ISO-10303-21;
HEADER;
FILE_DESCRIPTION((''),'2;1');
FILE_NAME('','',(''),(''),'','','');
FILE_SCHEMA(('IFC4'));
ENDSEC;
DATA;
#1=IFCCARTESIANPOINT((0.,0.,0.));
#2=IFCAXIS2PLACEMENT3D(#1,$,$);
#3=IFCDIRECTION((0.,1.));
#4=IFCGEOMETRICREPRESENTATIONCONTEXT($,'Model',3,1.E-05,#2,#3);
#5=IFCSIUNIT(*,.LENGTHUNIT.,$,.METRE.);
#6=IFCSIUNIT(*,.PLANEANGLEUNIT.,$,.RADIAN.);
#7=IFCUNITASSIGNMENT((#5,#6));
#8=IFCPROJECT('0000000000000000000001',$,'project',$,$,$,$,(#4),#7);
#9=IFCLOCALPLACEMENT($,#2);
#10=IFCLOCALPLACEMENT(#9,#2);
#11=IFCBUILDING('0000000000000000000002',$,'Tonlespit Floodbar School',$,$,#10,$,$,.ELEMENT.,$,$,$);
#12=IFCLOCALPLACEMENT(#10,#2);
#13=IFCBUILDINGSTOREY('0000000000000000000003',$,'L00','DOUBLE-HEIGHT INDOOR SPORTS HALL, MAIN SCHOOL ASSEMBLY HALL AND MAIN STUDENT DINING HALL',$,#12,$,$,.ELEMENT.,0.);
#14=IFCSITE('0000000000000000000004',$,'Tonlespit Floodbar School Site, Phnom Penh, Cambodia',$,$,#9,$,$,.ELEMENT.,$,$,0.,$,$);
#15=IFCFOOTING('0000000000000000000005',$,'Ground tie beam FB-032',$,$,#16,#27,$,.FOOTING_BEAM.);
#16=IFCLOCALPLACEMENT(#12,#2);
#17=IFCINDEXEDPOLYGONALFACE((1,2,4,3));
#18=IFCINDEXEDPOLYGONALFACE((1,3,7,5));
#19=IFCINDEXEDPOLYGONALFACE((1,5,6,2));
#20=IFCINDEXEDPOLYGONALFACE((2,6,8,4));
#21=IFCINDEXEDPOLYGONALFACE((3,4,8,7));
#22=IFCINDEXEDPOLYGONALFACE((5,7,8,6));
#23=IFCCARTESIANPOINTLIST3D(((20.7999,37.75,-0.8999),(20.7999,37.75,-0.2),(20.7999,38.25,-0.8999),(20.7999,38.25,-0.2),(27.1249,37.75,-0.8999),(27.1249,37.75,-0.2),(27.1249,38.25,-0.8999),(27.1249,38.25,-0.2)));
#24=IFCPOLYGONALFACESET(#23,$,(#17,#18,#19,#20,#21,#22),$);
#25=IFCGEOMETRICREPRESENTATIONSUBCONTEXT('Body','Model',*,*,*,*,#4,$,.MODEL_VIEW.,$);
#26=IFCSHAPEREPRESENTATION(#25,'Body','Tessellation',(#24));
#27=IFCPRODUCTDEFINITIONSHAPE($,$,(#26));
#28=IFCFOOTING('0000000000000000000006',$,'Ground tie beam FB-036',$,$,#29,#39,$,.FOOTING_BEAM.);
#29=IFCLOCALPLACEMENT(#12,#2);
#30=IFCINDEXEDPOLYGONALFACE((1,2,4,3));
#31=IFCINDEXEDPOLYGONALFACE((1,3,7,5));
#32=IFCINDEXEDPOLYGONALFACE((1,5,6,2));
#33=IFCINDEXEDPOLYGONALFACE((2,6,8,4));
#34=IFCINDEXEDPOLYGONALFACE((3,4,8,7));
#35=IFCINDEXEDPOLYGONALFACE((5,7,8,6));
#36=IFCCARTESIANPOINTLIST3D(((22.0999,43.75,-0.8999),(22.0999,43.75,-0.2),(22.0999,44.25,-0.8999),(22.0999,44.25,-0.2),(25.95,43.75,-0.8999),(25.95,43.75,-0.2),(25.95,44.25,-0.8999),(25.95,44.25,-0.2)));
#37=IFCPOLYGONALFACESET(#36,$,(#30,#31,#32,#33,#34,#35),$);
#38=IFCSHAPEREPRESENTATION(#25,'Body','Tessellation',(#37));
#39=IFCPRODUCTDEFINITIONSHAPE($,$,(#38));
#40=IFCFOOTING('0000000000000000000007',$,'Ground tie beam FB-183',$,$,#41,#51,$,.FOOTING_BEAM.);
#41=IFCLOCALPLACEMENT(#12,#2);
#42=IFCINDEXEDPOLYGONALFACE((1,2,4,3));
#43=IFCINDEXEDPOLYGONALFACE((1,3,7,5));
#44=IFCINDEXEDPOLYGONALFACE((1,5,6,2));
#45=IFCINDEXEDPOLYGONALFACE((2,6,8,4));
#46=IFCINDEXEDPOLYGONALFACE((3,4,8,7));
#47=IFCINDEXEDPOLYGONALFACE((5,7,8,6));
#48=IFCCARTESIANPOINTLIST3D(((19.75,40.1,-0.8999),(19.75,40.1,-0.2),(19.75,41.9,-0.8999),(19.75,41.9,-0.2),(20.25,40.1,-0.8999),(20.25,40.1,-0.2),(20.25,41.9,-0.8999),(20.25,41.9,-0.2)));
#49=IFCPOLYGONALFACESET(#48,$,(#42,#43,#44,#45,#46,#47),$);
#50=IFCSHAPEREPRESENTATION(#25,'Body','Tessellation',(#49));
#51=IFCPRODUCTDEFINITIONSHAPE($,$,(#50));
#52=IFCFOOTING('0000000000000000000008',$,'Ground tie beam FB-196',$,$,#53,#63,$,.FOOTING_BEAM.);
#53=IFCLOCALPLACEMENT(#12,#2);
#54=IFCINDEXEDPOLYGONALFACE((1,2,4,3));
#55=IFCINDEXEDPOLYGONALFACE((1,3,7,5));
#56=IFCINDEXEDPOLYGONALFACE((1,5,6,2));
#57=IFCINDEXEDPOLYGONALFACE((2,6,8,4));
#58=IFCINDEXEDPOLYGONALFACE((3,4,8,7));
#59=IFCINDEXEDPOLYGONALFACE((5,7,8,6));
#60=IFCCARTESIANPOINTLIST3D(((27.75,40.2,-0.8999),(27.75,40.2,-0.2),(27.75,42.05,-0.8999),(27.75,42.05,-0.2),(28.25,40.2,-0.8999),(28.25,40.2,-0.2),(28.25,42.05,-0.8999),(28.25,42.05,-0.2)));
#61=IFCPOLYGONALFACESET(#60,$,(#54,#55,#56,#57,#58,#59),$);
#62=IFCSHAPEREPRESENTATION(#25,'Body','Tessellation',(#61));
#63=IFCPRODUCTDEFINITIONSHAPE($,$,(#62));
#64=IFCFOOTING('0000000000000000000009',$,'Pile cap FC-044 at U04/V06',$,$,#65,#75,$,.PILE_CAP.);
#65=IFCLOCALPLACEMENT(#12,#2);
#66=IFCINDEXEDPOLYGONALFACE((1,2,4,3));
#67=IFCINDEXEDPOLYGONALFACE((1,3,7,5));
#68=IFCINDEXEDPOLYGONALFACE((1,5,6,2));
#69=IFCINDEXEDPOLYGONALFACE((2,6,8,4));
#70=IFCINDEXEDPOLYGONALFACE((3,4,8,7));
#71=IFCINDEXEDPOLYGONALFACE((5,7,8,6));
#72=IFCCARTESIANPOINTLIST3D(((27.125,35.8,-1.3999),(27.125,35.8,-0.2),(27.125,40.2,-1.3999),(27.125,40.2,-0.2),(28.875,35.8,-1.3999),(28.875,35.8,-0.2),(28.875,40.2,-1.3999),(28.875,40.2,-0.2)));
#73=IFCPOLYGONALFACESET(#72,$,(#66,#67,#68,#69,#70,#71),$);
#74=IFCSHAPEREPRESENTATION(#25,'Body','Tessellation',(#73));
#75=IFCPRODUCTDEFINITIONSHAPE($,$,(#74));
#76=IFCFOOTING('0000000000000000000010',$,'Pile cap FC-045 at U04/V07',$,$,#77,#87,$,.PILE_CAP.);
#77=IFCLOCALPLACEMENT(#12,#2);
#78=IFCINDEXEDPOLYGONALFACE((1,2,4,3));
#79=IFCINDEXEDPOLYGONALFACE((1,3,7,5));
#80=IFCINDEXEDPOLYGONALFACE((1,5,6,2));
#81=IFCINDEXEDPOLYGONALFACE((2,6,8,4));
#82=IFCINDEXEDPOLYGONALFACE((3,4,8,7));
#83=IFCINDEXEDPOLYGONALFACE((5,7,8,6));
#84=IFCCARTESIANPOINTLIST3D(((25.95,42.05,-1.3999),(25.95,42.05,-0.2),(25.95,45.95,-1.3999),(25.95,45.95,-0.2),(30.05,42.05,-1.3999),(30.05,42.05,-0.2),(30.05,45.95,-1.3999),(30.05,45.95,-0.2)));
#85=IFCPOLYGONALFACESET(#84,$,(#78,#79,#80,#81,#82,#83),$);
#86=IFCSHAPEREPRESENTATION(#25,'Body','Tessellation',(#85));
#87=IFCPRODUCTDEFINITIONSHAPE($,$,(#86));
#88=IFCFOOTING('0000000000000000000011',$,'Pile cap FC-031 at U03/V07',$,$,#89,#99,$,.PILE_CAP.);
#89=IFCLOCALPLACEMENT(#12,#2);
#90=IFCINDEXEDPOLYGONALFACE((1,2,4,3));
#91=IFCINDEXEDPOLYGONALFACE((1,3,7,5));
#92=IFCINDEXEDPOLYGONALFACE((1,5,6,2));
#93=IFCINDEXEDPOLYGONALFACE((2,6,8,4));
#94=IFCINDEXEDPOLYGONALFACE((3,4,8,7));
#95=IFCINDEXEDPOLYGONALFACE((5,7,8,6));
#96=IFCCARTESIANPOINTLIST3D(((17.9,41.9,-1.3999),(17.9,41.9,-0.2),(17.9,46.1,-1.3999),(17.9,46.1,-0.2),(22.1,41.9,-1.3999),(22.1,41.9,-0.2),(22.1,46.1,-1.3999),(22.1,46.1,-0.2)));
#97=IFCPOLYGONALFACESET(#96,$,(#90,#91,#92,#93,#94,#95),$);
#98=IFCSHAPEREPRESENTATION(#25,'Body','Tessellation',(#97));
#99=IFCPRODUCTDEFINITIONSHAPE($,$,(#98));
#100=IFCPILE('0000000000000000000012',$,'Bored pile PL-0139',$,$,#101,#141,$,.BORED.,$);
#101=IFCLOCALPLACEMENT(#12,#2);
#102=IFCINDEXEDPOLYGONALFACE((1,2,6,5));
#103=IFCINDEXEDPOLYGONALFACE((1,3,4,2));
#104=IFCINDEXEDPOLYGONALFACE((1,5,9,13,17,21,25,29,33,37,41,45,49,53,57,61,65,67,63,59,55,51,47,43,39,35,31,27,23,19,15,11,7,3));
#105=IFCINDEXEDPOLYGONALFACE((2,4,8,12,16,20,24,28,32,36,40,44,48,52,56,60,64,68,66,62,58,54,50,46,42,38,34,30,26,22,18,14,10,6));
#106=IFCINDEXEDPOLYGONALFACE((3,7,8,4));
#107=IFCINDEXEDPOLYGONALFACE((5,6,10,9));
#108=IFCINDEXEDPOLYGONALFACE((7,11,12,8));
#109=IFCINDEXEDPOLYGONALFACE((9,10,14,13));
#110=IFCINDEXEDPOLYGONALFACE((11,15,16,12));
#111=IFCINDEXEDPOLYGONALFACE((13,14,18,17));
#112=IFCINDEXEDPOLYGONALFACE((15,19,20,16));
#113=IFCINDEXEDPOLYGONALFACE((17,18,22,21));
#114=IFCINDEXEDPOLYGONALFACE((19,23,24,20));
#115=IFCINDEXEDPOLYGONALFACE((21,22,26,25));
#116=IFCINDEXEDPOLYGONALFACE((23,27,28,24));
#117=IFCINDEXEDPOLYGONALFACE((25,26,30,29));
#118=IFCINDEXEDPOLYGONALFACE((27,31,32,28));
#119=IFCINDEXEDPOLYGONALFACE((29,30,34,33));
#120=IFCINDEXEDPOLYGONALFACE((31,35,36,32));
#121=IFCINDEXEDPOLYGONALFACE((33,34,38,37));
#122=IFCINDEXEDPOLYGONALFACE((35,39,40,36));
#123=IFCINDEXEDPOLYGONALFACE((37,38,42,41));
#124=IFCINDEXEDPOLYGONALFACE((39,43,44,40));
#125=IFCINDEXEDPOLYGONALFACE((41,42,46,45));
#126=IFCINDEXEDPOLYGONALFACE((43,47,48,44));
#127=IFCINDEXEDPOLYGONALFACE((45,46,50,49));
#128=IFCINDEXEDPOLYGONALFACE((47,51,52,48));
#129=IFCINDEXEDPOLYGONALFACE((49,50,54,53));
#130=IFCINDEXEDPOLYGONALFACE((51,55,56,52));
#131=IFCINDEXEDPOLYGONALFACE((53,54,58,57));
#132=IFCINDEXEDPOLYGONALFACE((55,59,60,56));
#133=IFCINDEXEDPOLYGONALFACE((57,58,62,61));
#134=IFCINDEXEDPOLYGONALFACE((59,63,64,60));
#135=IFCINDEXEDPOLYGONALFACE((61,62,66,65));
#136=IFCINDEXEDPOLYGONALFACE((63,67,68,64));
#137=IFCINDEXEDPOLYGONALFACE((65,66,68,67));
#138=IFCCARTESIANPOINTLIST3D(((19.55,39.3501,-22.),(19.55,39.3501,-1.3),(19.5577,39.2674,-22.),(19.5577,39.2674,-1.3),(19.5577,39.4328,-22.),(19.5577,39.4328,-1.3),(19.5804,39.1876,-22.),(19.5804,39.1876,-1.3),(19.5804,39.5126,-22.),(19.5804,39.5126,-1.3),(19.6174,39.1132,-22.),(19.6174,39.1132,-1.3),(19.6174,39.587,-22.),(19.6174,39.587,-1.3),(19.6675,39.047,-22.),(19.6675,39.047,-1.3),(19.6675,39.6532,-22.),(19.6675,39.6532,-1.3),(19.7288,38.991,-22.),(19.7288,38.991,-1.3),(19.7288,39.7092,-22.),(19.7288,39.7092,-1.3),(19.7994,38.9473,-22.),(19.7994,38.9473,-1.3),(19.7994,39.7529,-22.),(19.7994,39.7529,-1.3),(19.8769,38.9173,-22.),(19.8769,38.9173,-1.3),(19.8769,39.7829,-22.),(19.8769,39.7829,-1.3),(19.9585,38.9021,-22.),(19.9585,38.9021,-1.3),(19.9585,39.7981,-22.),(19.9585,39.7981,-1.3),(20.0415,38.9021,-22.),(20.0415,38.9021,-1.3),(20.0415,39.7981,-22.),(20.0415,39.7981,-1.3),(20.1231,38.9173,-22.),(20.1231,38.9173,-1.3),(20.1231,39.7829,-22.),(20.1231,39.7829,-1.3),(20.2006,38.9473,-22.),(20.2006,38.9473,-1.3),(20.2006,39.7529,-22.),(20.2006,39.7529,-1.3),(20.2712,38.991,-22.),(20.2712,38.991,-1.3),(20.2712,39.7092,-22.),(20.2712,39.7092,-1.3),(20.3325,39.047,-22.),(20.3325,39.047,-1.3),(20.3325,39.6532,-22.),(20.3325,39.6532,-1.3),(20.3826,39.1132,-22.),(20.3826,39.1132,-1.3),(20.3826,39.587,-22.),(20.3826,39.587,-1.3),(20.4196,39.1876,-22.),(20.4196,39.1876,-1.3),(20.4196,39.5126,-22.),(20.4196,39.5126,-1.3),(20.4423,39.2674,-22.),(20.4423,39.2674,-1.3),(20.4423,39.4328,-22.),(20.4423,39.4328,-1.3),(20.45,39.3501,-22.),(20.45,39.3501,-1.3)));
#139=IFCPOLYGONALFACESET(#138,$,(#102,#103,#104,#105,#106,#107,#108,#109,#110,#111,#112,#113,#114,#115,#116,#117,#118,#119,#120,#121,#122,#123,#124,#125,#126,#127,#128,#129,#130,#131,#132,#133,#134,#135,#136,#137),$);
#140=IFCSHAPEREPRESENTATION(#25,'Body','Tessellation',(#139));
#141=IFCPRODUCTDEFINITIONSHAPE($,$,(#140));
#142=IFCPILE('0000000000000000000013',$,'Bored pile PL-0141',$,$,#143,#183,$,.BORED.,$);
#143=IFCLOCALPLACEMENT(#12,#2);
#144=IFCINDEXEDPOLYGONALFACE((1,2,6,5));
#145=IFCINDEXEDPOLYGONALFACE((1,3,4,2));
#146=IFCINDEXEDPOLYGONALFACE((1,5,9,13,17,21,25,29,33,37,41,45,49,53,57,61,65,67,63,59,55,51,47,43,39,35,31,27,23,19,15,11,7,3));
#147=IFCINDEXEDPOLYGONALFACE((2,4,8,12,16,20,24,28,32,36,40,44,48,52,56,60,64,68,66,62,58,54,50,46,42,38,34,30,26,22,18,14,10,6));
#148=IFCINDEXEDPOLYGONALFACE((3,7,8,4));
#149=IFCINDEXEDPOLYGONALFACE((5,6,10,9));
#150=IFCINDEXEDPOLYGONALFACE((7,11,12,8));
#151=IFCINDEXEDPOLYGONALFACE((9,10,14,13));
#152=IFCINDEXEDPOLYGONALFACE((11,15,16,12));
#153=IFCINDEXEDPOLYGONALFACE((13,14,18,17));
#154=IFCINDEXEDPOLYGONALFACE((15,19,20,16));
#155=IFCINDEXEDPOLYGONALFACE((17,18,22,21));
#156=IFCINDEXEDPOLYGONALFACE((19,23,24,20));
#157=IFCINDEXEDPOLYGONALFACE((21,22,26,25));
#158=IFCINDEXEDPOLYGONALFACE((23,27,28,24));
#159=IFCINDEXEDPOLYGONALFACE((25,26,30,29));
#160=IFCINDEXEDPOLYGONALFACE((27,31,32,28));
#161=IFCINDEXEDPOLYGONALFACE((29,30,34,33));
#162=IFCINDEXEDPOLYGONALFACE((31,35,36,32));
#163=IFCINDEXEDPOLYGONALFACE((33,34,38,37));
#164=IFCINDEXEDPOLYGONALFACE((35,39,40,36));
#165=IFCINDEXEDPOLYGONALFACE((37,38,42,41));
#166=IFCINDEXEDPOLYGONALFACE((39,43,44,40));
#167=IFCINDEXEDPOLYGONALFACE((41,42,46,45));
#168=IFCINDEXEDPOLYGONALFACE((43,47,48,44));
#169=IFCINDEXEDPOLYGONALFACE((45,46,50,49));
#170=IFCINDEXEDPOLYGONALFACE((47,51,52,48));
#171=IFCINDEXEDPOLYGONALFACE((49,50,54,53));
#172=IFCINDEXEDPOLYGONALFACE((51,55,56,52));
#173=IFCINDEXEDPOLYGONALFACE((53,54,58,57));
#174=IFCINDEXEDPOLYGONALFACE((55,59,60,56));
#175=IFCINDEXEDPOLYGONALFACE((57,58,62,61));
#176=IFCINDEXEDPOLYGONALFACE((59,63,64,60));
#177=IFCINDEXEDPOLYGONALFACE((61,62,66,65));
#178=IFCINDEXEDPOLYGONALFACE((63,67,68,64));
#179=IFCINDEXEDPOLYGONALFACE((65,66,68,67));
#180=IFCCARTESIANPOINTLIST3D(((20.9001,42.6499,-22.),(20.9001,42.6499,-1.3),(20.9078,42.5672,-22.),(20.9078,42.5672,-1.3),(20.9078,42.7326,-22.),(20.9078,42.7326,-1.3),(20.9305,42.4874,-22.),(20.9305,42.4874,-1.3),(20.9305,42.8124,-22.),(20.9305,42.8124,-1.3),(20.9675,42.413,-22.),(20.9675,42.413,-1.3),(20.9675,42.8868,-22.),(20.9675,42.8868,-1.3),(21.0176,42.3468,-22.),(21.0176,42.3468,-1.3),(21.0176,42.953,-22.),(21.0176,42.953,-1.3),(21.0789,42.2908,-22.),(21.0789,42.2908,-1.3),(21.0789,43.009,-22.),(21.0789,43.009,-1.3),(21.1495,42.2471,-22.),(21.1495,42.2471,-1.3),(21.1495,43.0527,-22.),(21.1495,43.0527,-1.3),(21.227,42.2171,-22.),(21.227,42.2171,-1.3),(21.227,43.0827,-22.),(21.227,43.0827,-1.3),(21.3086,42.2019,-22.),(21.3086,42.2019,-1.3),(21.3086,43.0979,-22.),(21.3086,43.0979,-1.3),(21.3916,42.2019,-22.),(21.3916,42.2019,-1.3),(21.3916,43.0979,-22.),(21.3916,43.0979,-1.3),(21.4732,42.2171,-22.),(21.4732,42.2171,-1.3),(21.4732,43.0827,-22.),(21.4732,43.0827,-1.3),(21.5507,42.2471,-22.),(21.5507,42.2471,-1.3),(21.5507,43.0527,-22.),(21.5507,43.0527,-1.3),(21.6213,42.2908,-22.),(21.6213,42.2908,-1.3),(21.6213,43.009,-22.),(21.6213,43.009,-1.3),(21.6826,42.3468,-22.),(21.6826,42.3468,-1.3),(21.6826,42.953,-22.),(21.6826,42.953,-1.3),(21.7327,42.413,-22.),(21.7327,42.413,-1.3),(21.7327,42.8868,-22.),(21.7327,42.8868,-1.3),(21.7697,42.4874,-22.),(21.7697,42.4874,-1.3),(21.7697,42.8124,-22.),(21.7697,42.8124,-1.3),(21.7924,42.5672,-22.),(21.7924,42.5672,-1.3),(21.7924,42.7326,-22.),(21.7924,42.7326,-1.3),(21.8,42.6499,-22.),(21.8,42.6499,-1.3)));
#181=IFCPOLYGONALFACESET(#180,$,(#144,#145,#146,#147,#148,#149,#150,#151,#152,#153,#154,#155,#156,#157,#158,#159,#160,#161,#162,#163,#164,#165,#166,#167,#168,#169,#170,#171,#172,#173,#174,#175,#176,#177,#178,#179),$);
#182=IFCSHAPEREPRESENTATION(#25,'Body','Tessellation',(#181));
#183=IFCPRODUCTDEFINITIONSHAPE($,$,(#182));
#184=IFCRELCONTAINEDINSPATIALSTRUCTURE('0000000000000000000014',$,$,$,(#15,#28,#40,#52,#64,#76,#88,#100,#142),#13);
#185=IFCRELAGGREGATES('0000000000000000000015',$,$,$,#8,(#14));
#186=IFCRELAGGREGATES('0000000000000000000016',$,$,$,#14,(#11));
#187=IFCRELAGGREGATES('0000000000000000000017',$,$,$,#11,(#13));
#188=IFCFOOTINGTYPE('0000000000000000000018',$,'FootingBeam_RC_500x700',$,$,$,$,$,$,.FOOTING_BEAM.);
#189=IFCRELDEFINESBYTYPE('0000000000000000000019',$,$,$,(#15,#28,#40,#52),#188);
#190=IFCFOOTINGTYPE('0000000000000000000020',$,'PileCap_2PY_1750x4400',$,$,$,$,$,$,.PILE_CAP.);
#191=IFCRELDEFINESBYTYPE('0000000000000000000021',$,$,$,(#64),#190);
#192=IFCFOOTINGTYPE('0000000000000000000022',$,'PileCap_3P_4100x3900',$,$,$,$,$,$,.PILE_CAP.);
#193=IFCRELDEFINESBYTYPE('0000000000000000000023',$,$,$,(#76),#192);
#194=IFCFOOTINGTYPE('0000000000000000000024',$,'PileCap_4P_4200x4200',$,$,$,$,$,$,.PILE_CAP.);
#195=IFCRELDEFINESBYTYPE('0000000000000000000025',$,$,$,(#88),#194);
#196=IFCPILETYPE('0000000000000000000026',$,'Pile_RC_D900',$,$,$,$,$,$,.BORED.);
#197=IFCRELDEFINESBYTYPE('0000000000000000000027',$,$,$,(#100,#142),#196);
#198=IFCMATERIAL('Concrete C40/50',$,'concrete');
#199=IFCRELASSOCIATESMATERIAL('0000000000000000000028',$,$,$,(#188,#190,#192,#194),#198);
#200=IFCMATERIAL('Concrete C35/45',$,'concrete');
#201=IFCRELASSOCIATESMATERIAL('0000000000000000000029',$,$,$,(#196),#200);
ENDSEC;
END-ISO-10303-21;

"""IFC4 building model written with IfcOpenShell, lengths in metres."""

from ifc_helpers import new_model, si_unit, direction, frame, origin, origin_2d, place, context, subcontext, project, spatial, rectangle, circle, extrude, material, material_profile, profile_set, type_object, element, save


model = new_model("IFC4")

# Units and contexts
model_context = context("Model", 3, precision=1e-05, world=origin(), true_north=direction((0.0, 1.0)))
body_context = subcontext(model_context, "Body", "Model", "MODEL_VIEW")
ifc_project = project(units=[si_unit("LENGTHUNIT", "METRE"), si_unit("PLANEANGLEUNIT", "RADIAN")], contexts=[model_context])

# Site, building, storey
site_placement = place(None, origin())
site = spatial("IfcSite", under=ifc_project, at=site_placement, Name="Tonlespit Floodbar School Site, Phnom Penh, Cambodia", CompositionType="ELEMENT", RefElevation=0.0)
building_placement = place(site_placement, origin())
building = spatial("IfcBuilding", under=site, at=building_placement, Name="Tonlespit Floodbar School", CompositionType="ELEMENT")
storey_placement = place(building_placement, origin())
storey = spatial("IfcBuildingStorey", under=building, at=storey_placement, Name="L00", Description="DOUBLE-HEIGHT INDOOR SPORTS HALL, MAIN SCHOOL ASSEMBLY HALL AND MAIN STUDENT DINING HALL", CompositionType="ELEMENT", Elevation=0.0)

# Footings
ifc_material_1 = material(Name="Concrete C40/50", Category="concrete")
footing_type_1 = type_object("IfcFootingType", Name="FootingBeam_RC_500x700", PredefinedType="FOOTING_BEAM", material=ifc_material_1)
footing_1_placement = place(storey_placement, frame((23.9624, 38.0, -0.8999), z_axis=(0.0, 0.0, 1.0), x_axis=(1.0, 0.0, 0.0)))
element("IfcFooting", 1, at=footing_1_placement, inside=storey, type_object=footing_type_1, Name="Ground tie beam FB-032", PredefinedType="FOOTING_BEAM", context=body_context, shape_type="SweptSolid", body=[
    extrude(rectangle(XDim=6.325, YDim=0.5, at=origin_2d()), origin(), (0.0, 0.0, 1.0), 0.7),
])
footing_2_placement = place(storey_placement, frame((24.0249, 44.0, -0.8999), z_axis=(0.0, 0.0, 1.0), x_axis=(1.0, 0.0, 0.0)))
element("IfcFooting", 2, at=footing_2_placement, inside=storey, type_object=footing_type_1, Name="Ground tie beam FB-036", PredefinedType="FOOTING_BEAM", context=body_context, shape_type="SweptSolid", body=[
    extrude(rectangle(XDim=3.8501, YDim=0.5, at=origin_2d()), origin(), (0.0, 0.0, 1.0), 0.7),
])
footing_3_placement = place(storey_placement, frame((20.0, 41.0, -0.8999), z_axis=(0.0, 0.0, 1.0), x_axis=(0.0, 1.0, 0.0)))
element("IfcFooting", 3, at=footing_3_placement, inside=storey, type_object=footing_type_1, Name="Ground tie beam FB-183", PredefinedType="FOOTING_BEAM", context=body_context, shape_type="SweptSolid", body=[
    extrude(rectangle(XDim=1.8, YDim=0.5, at=origin_2d()), origin(), (0.0, 0.0, 1.0), 0.7),
])
footing_4_placement = place(storey_placement, frame((28.0, 41.125, -0.8999), z_axis=(0.0, 0.0, 1.0), x_axis=(0.0, 1.0, 0.0)))
element("IfcFooting", 4, at=footing_4_placement, inside=storey, type_object=footing_type_1, Name="Ground tie beam FB-196", PredefinedType="FOOTING_BEAM", context=body_context, shape_type="SweptSolid", body=[
    extrude(rectangle(XDim=1.8501, YDim=0.5, at=origin_2d()), origin(), (0.0, 0.0, 1.0), 0.7),
])
footing_type_2 = type_object("IfcFootingType", Name="PileCap_2PY_1750x4400", PredefinedType="PILE_CAP", material=ifc_material_1)
footing_5_placement = place(storey_placement, frame((28.0, 38.0, -1.3999), z_axis=(0.0, 0.0, 1.0), x_axis=(1.0, 0.0, 0.0)))
element("IfcFooting", 5, at=footing_5_placement, inside=storey, type_object=footing_type_2, Name="Pile cap FC-044 at U04/V06", PredefinedType="PILE_CAP", context=body_context, shape_type="SweptSolid", body=[
    extrude(rectangle(XDim=1.75, YDim=4.3999, at=origin_2d()), origin(), (0.0, 0.0, 1.0), 1.2),
])
footing_type_3 = type_object("IfcFootingType", Name="PileCap_3P_4100x3900", PredefinedType="PILE_CAP", material=ifc_material_1)
footing_6_placement = place(storey_placement, frame((28.0, 44.0, -1.3999), z_axis=(0.0, 0.0, 1.0), x_axis=(1.0, 0.0, 0.0)))
element("IfcFooting", 6, at=footing_6_placement, inside=storey, type_object=footing_type_3, Name="Pile cap FC-045 at U04/V07", PredefinedType="PILE_CAP", context=body_context, shape_type="SweptSolid", body=[
    extrude(rectangle(XDim=4.1001, YDim=3.8999, at=origin_2d()), origin(), (0.0, 0.0, 1.0), 1.2),
])
footing_type_4 = type_object("IfcFootingType", Name="PileCap_4P_4200x4200", PredefinedType="PILE_CAP", material=ifc_material_1)
footing_7_placement = place(storey_placement, frame((20.0, 44.0, -1.3999), z_axis=(0.0, 0.0, 1.0), x_axis=(1.0, 0.0, 0.0)))
element("IfcFooting", 7, at=footing_7_placement, inside=storey, type_object=footing_type_4, Name="Pile cap FC-031 at U03/V07", PredefinedType="PILE_CAP", context=body_context, shape_type="SweptSolid", body=[
    extrude(rectangle(XDim=4.2, YDim=4.2, at=origin_2d()), origin(), (0.0, 0.0, 1.0), 1.2),
])

# Piles
ifc_material_2 = material(Name="Concrete C35/45", Category="concrete")
ifc_material_profile_1 = material_profile(ifc_material_2, circle(Radius=0.45, at=origin_2d()), Name="BP D900")
ifc_profile_set_1 = profile_set([ifc_material_profile_1], Name="Concrete C35/45")
pile_type = type_object("IfcPileType", Name="Pile_RC_D900", PredefinedType="BORED", material=ifc_profile_set_1)
for number, where, z_axis, x_axis, name in (
    (8, (20.0, 39.3501, -1.3), (0.0, 0.0, -1.0), (1.0, 0.0, 0.0), "Bored pile PL-0139"),
    (9, (21.3501, 42.6499, -1.3), (0.0, 0.0, -1.0), (1.0, 0.0, 0.0), "Bored pile PL-0141"),
):
    element("IfcPile", number, at=place(storey_placement, frame(where, z_axis=z_axis, x_axis=x_axis)), inside=storey, type_object=pile_type, Name=name, PredefinedType="BORED", context=body_context, shape_type="SweptSolid", body=[
        extrude(circle(Radius=0.45, at=origin_2d()), origin(), (0.0, 0.0, 1.0), 20.7),
    ])

save(model, "model.ifc")
